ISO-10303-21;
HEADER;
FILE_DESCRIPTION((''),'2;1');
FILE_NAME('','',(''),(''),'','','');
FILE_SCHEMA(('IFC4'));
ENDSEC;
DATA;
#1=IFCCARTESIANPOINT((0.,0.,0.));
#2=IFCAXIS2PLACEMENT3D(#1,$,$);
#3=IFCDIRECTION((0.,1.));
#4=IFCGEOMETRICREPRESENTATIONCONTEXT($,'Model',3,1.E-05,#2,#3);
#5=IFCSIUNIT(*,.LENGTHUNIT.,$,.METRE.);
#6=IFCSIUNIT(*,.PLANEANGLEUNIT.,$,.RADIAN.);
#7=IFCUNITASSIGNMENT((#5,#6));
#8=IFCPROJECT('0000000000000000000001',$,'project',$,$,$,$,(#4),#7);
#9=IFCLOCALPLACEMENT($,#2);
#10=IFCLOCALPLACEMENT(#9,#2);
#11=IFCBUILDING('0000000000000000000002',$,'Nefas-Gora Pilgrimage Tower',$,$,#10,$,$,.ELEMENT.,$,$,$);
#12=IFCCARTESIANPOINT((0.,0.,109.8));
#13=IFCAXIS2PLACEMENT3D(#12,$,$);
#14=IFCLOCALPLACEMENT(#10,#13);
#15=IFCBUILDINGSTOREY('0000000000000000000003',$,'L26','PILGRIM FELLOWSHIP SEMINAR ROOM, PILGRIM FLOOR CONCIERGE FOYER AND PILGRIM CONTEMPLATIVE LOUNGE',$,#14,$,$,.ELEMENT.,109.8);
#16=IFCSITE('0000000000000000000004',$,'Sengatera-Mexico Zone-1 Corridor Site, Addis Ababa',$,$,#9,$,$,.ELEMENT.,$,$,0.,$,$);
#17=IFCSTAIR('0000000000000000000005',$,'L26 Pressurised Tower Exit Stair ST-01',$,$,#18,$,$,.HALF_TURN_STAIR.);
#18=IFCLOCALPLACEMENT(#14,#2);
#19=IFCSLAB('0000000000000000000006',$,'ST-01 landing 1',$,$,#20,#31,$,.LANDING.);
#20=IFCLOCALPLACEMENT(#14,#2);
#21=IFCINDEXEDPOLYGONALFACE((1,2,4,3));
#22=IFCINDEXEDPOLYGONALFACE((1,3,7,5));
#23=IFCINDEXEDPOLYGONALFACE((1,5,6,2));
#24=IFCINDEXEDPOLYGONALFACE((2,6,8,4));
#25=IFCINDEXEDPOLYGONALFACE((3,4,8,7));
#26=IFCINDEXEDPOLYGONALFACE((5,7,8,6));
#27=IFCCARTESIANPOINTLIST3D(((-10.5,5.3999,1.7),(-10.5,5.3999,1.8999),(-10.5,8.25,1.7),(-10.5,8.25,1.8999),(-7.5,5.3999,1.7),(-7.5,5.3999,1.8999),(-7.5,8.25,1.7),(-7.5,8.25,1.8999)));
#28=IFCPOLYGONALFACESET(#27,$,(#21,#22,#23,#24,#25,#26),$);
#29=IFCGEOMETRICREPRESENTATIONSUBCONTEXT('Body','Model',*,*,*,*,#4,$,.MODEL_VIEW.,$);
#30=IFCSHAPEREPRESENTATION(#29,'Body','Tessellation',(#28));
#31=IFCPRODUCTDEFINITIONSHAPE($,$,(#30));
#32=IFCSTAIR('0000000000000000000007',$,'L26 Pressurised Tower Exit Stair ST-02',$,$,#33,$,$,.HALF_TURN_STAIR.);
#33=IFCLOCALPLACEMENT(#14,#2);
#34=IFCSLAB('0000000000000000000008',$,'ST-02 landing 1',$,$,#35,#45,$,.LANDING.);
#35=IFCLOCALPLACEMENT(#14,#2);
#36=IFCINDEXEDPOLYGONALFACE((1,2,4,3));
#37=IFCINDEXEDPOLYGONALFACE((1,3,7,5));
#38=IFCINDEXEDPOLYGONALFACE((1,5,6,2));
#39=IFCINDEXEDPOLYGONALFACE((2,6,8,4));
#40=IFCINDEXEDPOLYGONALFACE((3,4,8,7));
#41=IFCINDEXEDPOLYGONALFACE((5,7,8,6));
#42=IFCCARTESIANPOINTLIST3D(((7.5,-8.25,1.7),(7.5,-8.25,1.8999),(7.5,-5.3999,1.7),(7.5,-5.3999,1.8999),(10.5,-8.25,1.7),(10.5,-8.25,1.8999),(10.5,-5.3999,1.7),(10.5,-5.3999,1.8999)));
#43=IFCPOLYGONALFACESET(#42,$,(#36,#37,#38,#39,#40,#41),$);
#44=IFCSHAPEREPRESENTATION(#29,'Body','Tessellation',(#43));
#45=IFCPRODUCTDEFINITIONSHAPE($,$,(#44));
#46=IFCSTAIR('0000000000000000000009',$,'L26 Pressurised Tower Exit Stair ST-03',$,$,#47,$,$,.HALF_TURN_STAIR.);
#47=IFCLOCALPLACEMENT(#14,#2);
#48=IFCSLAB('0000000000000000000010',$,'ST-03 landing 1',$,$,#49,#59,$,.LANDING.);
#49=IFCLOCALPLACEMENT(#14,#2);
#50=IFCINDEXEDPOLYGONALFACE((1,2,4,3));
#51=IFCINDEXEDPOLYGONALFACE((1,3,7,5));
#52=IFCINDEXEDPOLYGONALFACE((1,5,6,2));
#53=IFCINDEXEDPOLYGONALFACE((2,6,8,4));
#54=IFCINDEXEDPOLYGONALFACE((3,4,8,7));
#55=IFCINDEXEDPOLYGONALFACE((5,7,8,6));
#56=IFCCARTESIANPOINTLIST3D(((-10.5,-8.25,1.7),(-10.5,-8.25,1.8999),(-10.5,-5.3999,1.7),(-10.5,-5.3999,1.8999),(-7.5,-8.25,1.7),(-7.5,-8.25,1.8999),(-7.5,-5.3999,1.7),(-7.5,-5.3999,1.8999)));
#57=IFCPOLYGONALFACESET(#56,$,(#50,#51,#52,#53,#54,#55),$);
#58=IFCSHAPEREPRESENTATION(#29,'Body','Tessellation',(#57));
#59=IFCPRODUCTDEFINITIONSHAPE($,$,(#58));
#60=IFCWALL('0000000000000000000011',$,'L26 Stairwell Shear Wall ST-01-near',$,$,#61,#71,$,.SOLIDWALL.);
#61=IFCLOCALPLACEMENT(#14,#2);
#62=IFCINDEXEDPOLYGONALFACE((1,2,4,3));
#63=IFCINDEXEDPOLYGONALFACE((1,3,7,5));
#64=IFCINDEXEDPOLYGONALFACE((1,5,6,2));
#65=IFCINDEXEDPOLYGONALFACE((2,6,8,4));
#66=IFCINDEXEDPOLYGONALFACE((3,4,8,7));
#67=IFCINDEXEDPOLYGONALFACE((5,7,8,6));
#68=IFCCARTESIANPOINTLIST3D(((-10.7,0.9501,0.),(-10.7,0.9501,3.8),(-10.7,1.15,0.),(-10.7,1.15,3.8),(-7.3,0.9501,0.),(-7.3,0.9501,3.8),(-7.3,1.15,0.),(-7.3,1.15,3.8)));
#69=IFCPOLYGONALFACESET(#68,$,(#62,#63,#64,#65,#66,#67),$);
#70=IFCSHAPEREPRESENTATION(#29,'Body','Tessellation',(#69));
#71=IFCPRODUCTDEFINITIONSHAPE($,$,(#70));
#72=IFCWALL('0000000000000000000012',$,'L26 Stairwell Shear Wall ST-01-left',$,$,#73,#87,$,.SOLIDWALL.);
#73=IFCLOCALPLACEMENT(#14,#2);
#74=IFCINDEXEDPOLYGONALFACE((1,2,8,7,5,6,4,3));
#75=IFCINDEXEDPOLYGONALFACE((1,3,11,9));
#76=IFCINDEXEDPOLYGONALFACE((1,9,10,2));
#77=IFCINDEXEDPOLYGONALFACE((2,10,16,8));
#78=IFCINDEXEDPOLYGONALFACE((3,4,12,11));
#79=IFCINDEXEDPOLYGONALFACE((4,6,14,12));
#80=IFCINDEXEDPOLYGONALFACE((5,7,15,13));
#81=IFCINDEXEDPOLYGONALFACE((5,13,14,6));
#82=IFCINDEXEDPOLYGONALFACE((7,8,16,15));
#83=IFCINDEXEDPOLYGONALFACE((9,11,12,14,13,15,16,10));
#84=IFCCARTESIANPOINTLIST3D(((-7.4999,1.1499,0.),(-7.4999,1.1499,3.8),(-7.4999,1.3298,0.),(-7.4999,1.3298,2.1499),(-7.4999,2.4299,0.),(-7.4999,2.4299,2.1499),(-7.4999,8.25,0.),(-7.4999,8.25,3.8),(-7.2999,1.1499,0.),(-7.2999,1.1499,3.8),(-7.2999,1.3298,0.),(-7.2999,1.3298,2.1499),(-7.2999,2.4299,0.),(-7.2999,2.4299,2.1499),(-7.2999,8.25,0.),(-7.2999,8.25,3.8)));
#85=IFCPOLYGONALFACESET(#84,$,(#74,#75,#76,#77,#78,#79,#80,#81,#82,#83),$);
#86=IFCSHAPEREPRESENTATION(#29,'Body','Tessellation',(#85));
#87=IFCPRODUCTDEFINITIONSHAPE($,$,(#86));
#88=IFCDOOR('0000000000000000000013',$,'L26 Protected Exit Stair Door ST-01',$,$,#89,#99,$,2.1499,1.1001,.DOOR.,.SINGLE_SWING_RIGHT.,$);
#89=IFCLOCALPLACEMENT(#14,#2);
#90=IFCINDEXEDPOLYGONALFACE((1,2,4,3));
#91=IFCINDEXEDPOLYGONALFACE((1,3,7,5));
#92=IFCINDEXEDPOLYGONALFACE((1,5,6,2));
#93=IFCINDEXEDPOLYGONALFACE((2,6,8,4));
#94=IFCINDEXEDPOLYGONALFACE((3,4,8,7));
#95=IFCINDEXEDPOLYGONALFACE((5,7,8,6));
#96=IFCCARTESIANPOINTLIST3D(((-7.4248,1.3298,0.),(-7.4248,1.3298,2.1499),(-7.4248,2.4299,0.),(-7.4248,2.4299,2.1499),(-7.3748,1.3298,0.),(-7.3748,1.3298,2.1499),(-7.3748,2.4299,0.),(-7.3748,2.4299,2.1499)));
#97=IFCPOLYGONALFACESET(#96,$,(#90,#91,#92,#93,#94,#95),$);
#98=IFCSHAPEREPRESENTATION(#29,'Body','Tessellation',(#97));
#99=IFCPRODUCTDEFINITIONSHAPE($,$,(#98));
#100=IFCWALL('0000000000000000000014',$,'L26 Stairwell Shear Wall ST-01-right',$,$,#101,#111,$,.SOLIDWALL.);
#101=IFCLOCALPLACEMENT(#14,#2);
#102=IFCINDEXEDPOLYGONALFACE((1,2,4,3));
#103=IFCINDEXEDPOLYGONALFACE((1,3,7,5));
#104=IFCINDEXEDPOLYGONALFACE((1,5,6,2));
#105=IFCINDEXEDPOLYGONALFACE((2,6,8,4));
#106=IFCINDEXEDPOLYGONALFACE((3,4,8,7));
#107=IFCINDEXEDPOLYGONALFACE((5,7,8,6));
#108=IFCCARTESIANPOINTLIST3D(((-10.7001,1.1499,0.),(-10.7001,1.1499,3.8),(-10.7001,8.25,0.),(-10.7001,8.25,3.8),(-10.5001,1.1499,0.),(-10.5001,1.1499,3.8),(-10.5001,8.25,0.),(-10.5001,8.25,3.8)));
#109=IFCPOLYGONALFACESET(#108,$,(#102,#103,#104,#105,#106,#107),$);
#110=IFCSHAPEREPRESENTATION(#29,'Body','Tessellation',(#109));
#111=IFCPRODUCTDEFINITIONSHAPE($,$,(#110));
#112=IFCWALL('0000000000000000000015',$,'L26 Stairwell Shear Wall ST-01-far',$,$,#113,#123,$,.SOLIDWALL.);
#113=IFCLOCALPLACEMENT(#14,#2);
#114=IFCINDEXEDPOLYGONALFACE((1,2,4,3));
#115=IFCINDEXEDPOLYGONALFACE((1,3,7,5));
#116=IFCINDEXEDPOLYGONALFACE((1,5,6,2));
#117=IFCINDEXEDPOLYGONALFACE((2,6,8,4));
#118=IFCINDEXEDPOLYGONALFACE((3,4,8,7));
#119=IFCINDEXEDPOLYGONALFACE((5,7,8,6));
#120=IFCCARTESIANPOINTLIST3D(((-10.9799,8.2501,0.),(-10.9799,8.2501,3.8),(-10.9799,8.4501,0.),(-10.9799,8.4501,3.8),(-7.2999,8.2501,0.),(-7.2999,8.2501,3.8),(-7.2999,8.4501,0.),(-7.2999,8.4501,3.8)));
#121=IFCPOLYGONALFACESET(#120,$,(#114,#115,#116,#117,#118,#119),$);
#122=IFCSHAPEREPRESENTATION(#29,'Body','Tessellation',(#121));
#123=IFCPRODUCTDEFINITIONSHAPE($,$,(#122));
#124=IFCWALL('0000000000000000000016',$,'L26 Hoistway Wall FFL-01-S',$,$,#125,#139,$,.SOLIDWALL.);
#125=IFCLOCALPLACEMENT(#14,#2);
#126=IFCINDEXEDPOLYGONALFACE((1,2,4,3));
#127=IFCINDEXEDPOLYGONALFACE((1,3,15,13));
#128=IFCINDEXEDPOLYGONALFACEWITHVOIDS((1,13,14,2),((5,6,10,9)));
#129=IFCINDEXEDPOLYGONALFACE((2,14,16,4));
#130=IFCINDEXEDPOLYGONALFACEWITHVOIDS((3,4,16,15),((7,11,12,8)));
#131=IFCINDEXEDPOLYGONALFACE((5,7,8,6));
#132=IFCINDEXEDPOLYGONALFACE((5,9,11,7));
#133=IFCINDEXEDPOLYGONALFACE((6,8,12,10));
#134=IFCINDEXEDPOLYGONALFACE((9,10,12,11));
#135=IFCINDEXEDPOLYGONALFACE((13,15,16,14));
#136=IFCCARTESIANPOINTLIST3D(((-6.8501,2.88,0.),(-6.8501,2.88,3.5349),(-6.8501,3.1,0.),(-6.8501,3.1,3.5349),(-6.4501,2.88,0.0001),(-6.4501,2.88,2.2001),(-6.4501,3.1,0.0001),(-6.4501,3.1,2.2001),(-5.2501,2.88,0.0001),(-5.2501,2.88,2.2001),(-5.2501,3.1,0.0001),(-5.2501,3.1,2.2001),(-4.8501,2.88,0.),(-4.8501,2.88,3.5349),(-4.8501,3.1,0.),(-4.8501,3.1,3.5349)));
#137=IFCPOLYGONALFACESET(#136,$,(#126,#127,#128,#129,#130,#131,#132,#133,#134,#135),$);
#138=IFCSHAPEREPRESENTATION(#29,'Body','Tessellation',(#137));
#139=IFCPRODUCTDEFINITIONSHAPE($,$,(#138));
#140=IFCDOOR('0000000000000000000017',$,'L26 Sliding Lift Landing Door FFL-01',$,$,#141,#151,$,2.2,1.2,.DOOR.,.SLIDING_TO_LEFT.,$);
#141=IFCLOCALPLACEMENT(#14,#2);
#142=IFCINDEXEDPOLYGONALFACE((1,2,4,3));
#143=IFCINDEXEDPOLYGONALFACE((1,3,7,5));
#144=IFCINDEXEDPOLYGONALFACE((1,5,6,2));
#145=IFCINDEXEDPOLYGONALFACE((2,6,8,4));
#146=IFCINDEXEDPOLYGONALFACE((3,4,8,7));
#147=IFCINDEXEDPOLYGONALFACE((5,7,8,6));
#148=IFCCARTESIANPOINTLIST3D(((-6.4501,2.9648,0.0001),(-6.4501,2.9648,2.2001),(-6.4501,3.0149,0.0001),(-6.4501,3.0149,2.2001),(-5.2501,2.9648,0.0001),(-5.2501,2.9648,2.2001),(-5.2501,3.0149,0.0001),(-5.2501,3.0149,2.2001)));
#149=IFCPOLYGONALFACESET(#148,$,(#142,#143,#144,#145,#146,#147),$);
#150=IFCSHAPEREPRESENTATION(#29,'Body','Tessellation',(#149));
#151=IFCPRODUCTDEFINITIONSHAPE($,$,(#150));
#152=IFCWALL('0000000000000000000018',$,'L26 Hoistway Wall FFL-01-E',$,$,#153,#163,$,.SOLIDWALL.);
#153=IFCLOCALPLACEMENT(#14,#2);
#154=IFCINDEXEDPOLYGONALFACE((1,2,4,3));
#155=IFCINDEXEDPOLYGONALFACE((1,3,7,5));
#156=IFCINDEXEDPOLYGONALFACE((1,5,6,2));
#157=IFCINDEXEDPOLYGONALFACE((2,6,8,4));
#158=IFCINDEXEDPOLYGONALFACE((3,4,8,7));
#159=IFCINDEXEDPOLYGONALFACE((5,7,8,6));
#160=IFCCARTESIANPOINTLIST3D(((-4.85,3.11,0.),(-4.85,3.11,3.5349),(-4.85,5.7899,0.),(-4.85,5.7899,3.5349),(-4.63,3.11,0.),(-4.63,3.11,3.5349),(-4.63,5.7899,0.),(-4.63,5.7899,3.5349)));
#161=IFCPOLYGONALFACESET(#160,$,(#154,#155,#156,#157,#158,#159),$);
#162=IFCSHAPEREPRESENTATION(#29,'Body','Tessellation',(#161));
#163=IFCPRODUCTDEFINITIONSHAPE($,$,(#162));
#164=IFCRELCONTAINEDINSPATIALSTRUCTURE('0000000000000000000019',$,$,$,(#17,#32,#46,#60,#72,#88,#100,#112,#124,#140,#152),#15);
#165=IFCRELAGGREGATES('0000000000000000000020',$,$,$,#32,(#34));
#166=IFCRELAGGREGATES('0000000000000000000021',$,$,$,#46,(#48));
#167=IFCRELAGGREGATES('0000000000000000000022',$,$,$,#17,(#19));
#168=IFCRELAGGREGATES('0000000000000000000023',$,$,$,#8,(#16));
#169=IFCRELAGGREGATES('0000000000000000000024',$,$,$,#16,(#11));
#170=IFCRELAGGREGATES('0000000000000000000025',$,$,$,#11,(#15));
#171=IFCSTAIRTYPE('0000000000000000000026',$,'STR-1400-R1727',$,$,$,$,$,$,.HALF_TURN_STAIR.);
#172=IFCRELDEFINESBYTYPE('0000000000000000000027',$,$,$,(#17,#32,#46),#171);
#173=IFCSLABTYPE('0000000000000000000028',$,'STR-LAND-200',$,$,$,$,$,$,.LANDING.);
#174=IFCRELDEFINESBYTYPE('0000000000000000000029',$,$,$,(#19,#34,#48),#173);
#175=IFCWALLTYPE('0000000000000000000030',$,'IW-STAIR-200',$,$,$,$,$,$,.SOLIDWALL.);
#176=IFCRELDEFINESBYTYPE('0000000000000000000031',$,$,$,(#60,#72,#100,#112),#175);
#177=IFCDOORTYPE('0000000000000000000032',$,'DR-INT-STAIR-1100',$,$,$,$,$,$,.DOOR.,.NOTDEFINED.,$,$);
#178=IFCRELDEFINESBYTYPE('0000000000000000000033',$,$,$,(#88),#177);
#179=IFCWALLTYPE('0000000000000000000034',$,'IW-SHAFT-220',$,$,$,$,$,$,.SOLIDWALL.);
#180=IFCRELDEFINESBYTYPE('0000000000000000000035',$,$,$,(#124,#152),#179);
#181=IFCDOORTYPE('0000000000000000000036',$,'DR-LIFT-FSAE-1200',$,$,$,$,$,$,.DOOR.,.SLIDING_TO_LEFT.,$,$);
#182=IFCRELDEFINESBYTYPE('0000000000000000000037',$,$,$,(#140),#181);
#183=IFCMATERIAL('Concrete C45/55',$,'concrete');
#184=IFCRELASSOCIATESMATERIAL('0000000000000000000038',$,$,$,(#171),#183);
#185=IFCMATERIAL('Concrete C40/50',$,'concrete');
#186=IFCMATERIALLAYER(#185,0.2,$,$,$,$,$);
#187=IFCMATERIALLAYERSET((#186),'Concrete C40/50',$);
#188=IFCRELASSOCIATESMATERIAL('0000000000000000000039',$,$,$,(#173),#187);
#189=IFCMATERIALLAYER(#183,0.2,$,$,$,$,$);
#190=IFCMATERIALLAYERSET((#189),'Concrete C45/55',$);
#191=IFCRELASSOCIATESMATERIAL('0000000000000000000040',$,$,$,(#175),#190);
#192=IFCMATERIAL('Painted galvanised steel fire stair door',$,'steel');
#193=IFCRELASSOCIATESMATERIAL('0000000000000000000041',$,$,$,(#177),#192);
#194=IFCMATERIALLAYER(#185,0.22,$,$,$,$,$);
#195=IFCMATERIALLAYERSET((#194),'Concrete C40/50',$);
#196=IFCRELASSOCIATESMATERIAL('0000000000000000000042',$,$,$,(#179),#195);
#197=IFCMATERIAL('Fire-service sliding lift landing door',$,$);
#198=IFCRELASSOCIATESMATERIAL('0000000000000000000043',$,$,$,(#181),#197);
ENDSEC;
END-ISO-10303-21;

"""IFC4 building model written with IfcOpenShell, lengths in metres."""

from ifc_helpers import new_model, si_unit, direction, frame, frame_2d, origin, place, context, subcontext, project, spatial, polyline, rectangle, outline, extrude, source, transform, mapped, material, layer, layer_set, type_object, element, fill, aggregate, save


model = new_model("IFC4")

# Units and contexts
model_context = context("Model", 3, precision=1e-05, world=origin(), true_north=direction((0.0, 1.0)))
body_context = subcontext(model_context, "Body", "Model", "MODEL_VIEW")
ifc_project = project(units=[si_unit("LENGTHUNIT", "METRE"), si_unit("PLANEANGLEUNIT", "RADIAN")], contexts=[model_context])

# Site, building, storey
site_placement = place(None, origin())
site = spatial("IfcSite", under=ifc_project, at=site_placement, Name="Sengatera-Mexico Zone-1 Corridor Site, Addis Ababa", CompositionType="ELEMENT", RefElevation=0.0)
building_placement = place(site_placement, origin())
building = spatial("IfcBuilding", under=site, at=building_placement, Name="Nefas-Gora Pilgrimage Tower", CompositionType="ELEMENT")
storey_placement = place(building_placement, frame((0.0, 0.0, 109.8)))
storey = spatial("IfcBuildingStorey", under=building, at=storey_placement, Name="L26", Description="PILGRIM FELLOWSHIP SEMINAR ROOM, PILGRIM FLOOR CONCIERGE FOYER AND PILGRIM CONTEMPLATIVE LOUNGE", CompositionType="ELEMENT", Elevation=109.8)

# Shared definitions
ifc_material_1 = material(Name="Concrete C40/50", Category="concrete")

# Stairs, slabs
ifc_material_2 = material(Name="Concrete C45/55", Category="concrete")
stair_type = type_object("IfcStairType", Name="STR-1400-R1727", PredefinedType="HALF_TURN_STAIR", material=ifc_material_2)
stair_1_placement = place(storey_placement, origin())
stair_1 = element("IfcStair", 1, at=stair_1_placement, inside=storey, type_object=stair_type, Name="L26 Pressurised Tower Exit Stair ST-01", PredefinedType="HALF_TURN_STAIR")
ifc_layer_1 = layer(ifc_material_1, 0.2)
ifc_layer_set_1 = layer_set([ifc_layer_1], Name="Concrete C40/50")
slab_type_1 = type_object("IfcSlabType", Name="STR-LAND-200", PredefinedType="LANDING", material=ifc_layer_set_1)
slab_1_placement = place(storey_placement, frame((0.0, 0.0, 1.7)))
slab_1 = element("IfcSlab", 2, at=slab_1_placement, type_object=slab_type_1, Name="ST-01 landing 1", PredefinedType="LANDING", context=body_context, shape_type="SweptSolid", body=[
    extrude(outline(polyline([(-7.5, 5.3999), (-7.5, 8.25), (-10.5, 8.25), (-10.5, 5.3999), (-7.5, 5.3999)])), origin(), (0.0, 0.0, 1.0), 0.2),
])
stair_2_placement = place(storey_placement, origin())
stair_2 = element("IfcStair", 3, at=stair_2_placement, inside=storey, type_object=stair_type, Name="L26 Pressurised Tower Exit Stair ST-02", PredefinedType="HALF_TURN_STAIR")
slab_2_placement = place(storey_placement, frame((0.0, 0.0, 1.7)))
slab_2 = element("IfcSlab", 4, at=slab_2_placement, type_object=slab_type_1, Name="ST-02 landing 1", PredefinedType="LANDING", context=body_context, shape_type="SweptSolid", body=[
    extrude(outline(polyline([(7.5, -5.3999), (7.5, -8.25), (10.5, -8.25), (10.5, -5.3999), (7.5, -5.3999)])), origin(), (0.0, 0.0, 1.0), 0.2),
])
aggregate(stair_2, [slab_2])
stair_3_placement = place(storey_placement, origin())
stair_3 = element("IfcStair", 5, at=stair_3_placement, inside=storey, type_object=stair_type, Name="L26 Pressurised Tower Exit Stair ST-03", PredefinedType="HALF_TURN_STAIR")
slab_3_placement = place(storey_placement, frame((0.0, 0.0, 1.7)))
slab_3 = element("IfcSlab", 6, at=slab_3_placement, type_object=slab_type_1, Name="ST-03 landing 1", PredefinedType="LANDING", context=body_context, shape_type="SweptSolid", body=[
    extrude(outline(polyline([(-10.5, -5.3999), (-10.5, -8.25), (-7.5, -8.25), (-7.5, -5.3999), (-10.5, -5.3999)])), origin(), (0.0, 0.0, 1.0), 0.2),
])
aggregate(stair_3, [slab_3])

# Wall
ifc_layer_2 = layer(ifc_material_2, 0.2)
ifc_layer_set_2 = layer_set([ifc_layer_2], Name="Concrete C45/55")
wall_type_1 = type_object("IfcWallType", Name="IW-STAIR-200", PredefinedType="SOLIDWALL", material=ifc_layer_set_2)
shared_shape_1 = source(origin(), body_context, "Body", "SweptSolid", [
    extrude(rectangle(XDim=3.3999, YDim=0.2, at=frame_2d((1.7, 0.0))), origin(), (0.0, 0.0, 1.0), 3.8),
])
wall_1_placement = place(storey_placement, frame((-7.3, 1.05, 0.0), z_axis=(0.0, 0.0, 1.0), x_axis=(-1.0, 0.0, 0.0)))
element("IfcWall", 7, at=wall_1_placement, inside=storey, type_object=wall_type_1, Name="L26 Stairwell Shear Wall ST-01-near", PredefinedType="SOLIDWALL", context=body_context, shape_type="MappedRepresentation", body=[
    mapped(shared_shape_1, transform((0.0, 0.0, 0.0), x_axis=(1.0, 0.0, 0.0), y_axis=(0.0, 1.0, 0.0), z_axis=(0.0, 0.0, 1.0), scale=1.0)),
])

# Wall, opening, door
shared_shape_2 = source(origin(), body_context, "Body", "SweptSolid", [
    extrude(rectangle(XDim=7.1001, YDim=0.2, at=frame_2d((3.55, 0.0))), origin(), (0.0, 0.0, 1.0), 3.8),
])
wall_2_placement = place(storey_placement, frame((-7.3999, 1.1499, 0.0), z_axis=(0.0, 0.0, 1.0), x_axis=(0.0, 1.0, 0.0)))
wall_2 = element("IfcWall", 8, at=wall_2_placement, inside=storey, type_object=wall_type_1, Name="L26 Stairwell Shear Wall ST-01-left", PredefinedType="SOLIDWALL", context=body_context, shape_type="MappedRepresentation", body=[
    mapped(shared_shape_2, transform((0.0, 0.0, 0.0), x_axis=(1.0, 0.0, 0.0), y_axis=(0.0, 1.0, 0.0), z_axis=(0.0, 0.0, 1.0), scale=1.0)),
])
opening_1_placement = place(wall_2_placement, frame((0.1799, 0.0, 0.0)))
opening_1 = element("IfcOpeningElement", 9, at=opening_1_placement, cuts=wall_2, PredefinedType="OPENING", context=body_context, shape_type="SweptSolid", body=[
    extrude(rectangle(XDim=1.1001, YDim=2.1499, at=frame_2d((0.55, 1.075))), frame((0.0, 0.1099, 0.0), z_axis=(0.0, -1.0, 0.0), x_axis=(1.0, 0.0, 0.0)), (0.0, 0.0, 1.0), 0.22),
])
ifc_material_3 = material(Name="Painted galvanised steel fire stair door", Category="steel")
door_type_1 = type_object("IfcDoorType", Name="DR-INT-STAIR-1100", OperationType="NOTDEFINED", PredefinedType="DOOR", material=ifc_material_3)
shared_shape_3 = source(origin(), body_context, "Body", "SweptSolid", [
    extrude(rectangle(XDim=1.1001, YDim=2.1499, at=frame_2d((0.55, 1.075))), frame((0.0, 0.0249, 0.0), z_axis=(0.0, -1.0, 0.0), x_axis=(1.0, 0.0, 0.0)), (0.0, 0.0, 1.0), 0.05),
])
door_1_placement = place(opening_1_placement, origin())
door_1 = element("IfcDoor", 10, at=door_1_placement, inside=storey, type_object=door_type_1, Name="L26 Protected Exit Stair Door ST-01", OperationType="SINGLE_SWING_RIGHT", OverallHeight=2.1499, OverallWidth=1.1001, PredefinedType="DOOR", context=body_context, shape_type="MappedRepresentation", body=[
    mapped(shared_shape_3, transform((0.0, 0.0, 0.0), x_axis=(1.0, 0.0, 0.0), y_axis=(0.0, 1.0, 0.0), z_axis=(0.0, 0.0, 1.0), scale=1.0)),
])
fill(opening_1, door_1)

# Walls
wall_3_placement = place(storey_placement, frame((-10.6001, 1.1499, 0.0), z_axis=(0.0, 0.0, 1.0), x_axis=(0.0, 1.0, 0.0)))
element("IfcWall", 11, at=wall_3_placement, inside=storey, type_object=wall_type_1, Name="L26 Stairwell Shear Wall ST-01-right", PredefinedType="SOLIDWALL", context=body_context, shape_type="MappedRepresentation", body=[
    mapped(shared_shape_2, transform((0.0, 0.0, 0.0), x_axis=(1.0, 0.0, 0.0), y_axis=(0.0, 1.0, 0.0), z_axis=(0.0, 0.0, 1.0), scale=1.0)),
])
shared_shape_4 = source(origin(), body_context, "Body", "SweptSolid", [
    extrude(rectangle(XDim=3.6799, YDim=0.2, at=frame_2d((1.8398, 0.0))), origin(), (0.0, 0.0, 1.0), 3.8),
])
wall_4_placement = place(storey_placement, frame((-7.3, 8.3501, 0.0), z_axis=(0.0, 0.0, 1.0), x_axis=(-1.0, 0.0, 0.0)))
element("IfcWall", 12, at=wall_4_placement, inside=storey, type_object=wall_type_1, Name="L26 Stairwell Shear Wall ST-01-far", PredefinedType="SOLIDWALL", context=body_context, shape_type="MappedRepresentation", body=[
    mapped(shared_shape_4, transform((0.0, 0.0, 0.0), x_axis=(1.0, 0.0, 0.0), y_axis=(0.0, 1.0, 0.0), z_axis=(0.0, 0.0, 1.0), scale=1.0)),
])

# Wall, opening, door
ifc_layer_3 = layer(ifc_material_1, 0.22)
ifc_layer_set_3 = layer_set([ifc_layer_3], Name="Concrete C40/50")
wall_type_2 = type_object("IfcWallType", Name="IW-SHAFT-220", PredefinedType="SOLIDWALL", material=ifc_layer_set_3)
shared_shape_5 = source(origin(), body_context, "Body", "SweptSolid", [
    extrude(rectangle(XDim=2.0, YDim=0.22, at=frame_2d((1.0, 0.0))), origin(), (0.0, 0.0, 1.0), 3.5349),
])
wall_5_placement = place(storey_placement, frame((-6.8501, 2.99, 0.0), z_axis=(0.0, 0.0, 1.0), x_axis=(1.0, 0.0, 0.0)))
wall_5 = element("IfcWall", 13, at=wall_5_placement, inside=storey, type_object=wall_type_2, Name="L26 Hoistway Wall FFL-01-S", PredefinedType="SOLIDWALL", context=body_context, shape_type="MappedRepresentation", body=[
    mapped(shared_shape_5, transform((0.0, 0.0, 0.0), x_axis=(1.0, 0.0, 0.0), y_axis=(0.0, 1.0, 0.0), z_axis=(0.0, 0.0, 1.0), scale=1.0)),
])
opening_2_placement = place(wall_5_placement, frame((0.3999, 0.0, 0.0)))
opening_2 = element("IfcOpeningElement", 14, at=opening_2_placement, cuts=wall_5, PredefinedType="OPENING", context=body_context, shape_type="SweptSolid", body=[
    extrude(rectangle(XDim=1.2, YDim=2.2, at=frame_2d((0.6001, 1.1001))), frame((0.0, 0.1199, 0.0), z_axis=(0.0, -1.0, 0.0), x_axis=(1.0, 0.0, 0.0)), (0.0, 0.0, 1.0), 0.24),
])
ifc_material_4 = material(Name="Fire-service sliding lift landing door")
door_type_2 = type_object("IfcDoorType", Name="DR-LIFT-FSAE-1200", OperationType="SLIDING_TO_LEFT", PredefinedType="DOOR", material=ifc_material_4)
shared_shape_6 = source(origin(), body_context, "Body", "SweptSolid", [
    extrude(rectangle(XDim=1.2, YDim=2.2, at=frame_2d((0.6001, 1.1001))), frame((0.0, 0.0249, 0.0), z_axis=(0.0, -1.0, 0.0), x_axis=(1.0, 0.0, 0.0)), (0.0, 0.0, 1.0), 0.05),
])
door_2_placement = place(opening_2_placement, origin())
door_2 = element("IfcDoor", 15, at=door_2_placement, inside=storey, type_object=door_type_2, Name="L26 Sliding Lift Landing Door FFL-01", OperationType="SLIDING_TO_LEFT", OverallHeight=2.2, OverallWidth=1.2, PredefinedType="DOOR", context=body_context, shape_type="MappedRepresentation", body=[
    mapped(shared_shape_6, transform((0.0, 0.0, 0.0), x_axis=(1.0, 0.0, 0.0), y_axis=(0.0, 1.0, 0.0), z_axis=(0.0, 0.0, 1.0), scale=1.0)),
])
fill(opening_2, door_2)

# Wall
shared_shape_7 = source(origin(), body_context, "Body", "SweptSolid", [
    extrude(rectangle(XDim=2.6799, YDim=0.22, at=frame_2d((1.3398, 0.0))), origin(), (0.0, 0.0, 1.0), 3.5349),
])
wall_6_placement = place(storey_placement, frame((-4.74, 3.1101, 0.0), z_axis=(0.0, 0.0, 1.0), x_axis=(0.0, 1.0, 0.0)))
element("IfcWall", 16, at=wall_6_placement, inside=storey, type_object=wall_type_2, Name="L26 Hoistway Wall FFL-01-E", PredefinedType="SOLIDWALL", context=body_context, shape_type="MappedRepresentation", body=[
    mapped(shared_shape_7, transform((0.0, 0.0, 0.0), x_axis=(1.0, 0.0, 0.0), y_axis=(0.0, 1.0, 0.0), z_axis=(0.0, 0.0, 1.0), scale=1.0)),
])

aggregate(stair_1, [slab_1])

save(model, "model.ifc")
